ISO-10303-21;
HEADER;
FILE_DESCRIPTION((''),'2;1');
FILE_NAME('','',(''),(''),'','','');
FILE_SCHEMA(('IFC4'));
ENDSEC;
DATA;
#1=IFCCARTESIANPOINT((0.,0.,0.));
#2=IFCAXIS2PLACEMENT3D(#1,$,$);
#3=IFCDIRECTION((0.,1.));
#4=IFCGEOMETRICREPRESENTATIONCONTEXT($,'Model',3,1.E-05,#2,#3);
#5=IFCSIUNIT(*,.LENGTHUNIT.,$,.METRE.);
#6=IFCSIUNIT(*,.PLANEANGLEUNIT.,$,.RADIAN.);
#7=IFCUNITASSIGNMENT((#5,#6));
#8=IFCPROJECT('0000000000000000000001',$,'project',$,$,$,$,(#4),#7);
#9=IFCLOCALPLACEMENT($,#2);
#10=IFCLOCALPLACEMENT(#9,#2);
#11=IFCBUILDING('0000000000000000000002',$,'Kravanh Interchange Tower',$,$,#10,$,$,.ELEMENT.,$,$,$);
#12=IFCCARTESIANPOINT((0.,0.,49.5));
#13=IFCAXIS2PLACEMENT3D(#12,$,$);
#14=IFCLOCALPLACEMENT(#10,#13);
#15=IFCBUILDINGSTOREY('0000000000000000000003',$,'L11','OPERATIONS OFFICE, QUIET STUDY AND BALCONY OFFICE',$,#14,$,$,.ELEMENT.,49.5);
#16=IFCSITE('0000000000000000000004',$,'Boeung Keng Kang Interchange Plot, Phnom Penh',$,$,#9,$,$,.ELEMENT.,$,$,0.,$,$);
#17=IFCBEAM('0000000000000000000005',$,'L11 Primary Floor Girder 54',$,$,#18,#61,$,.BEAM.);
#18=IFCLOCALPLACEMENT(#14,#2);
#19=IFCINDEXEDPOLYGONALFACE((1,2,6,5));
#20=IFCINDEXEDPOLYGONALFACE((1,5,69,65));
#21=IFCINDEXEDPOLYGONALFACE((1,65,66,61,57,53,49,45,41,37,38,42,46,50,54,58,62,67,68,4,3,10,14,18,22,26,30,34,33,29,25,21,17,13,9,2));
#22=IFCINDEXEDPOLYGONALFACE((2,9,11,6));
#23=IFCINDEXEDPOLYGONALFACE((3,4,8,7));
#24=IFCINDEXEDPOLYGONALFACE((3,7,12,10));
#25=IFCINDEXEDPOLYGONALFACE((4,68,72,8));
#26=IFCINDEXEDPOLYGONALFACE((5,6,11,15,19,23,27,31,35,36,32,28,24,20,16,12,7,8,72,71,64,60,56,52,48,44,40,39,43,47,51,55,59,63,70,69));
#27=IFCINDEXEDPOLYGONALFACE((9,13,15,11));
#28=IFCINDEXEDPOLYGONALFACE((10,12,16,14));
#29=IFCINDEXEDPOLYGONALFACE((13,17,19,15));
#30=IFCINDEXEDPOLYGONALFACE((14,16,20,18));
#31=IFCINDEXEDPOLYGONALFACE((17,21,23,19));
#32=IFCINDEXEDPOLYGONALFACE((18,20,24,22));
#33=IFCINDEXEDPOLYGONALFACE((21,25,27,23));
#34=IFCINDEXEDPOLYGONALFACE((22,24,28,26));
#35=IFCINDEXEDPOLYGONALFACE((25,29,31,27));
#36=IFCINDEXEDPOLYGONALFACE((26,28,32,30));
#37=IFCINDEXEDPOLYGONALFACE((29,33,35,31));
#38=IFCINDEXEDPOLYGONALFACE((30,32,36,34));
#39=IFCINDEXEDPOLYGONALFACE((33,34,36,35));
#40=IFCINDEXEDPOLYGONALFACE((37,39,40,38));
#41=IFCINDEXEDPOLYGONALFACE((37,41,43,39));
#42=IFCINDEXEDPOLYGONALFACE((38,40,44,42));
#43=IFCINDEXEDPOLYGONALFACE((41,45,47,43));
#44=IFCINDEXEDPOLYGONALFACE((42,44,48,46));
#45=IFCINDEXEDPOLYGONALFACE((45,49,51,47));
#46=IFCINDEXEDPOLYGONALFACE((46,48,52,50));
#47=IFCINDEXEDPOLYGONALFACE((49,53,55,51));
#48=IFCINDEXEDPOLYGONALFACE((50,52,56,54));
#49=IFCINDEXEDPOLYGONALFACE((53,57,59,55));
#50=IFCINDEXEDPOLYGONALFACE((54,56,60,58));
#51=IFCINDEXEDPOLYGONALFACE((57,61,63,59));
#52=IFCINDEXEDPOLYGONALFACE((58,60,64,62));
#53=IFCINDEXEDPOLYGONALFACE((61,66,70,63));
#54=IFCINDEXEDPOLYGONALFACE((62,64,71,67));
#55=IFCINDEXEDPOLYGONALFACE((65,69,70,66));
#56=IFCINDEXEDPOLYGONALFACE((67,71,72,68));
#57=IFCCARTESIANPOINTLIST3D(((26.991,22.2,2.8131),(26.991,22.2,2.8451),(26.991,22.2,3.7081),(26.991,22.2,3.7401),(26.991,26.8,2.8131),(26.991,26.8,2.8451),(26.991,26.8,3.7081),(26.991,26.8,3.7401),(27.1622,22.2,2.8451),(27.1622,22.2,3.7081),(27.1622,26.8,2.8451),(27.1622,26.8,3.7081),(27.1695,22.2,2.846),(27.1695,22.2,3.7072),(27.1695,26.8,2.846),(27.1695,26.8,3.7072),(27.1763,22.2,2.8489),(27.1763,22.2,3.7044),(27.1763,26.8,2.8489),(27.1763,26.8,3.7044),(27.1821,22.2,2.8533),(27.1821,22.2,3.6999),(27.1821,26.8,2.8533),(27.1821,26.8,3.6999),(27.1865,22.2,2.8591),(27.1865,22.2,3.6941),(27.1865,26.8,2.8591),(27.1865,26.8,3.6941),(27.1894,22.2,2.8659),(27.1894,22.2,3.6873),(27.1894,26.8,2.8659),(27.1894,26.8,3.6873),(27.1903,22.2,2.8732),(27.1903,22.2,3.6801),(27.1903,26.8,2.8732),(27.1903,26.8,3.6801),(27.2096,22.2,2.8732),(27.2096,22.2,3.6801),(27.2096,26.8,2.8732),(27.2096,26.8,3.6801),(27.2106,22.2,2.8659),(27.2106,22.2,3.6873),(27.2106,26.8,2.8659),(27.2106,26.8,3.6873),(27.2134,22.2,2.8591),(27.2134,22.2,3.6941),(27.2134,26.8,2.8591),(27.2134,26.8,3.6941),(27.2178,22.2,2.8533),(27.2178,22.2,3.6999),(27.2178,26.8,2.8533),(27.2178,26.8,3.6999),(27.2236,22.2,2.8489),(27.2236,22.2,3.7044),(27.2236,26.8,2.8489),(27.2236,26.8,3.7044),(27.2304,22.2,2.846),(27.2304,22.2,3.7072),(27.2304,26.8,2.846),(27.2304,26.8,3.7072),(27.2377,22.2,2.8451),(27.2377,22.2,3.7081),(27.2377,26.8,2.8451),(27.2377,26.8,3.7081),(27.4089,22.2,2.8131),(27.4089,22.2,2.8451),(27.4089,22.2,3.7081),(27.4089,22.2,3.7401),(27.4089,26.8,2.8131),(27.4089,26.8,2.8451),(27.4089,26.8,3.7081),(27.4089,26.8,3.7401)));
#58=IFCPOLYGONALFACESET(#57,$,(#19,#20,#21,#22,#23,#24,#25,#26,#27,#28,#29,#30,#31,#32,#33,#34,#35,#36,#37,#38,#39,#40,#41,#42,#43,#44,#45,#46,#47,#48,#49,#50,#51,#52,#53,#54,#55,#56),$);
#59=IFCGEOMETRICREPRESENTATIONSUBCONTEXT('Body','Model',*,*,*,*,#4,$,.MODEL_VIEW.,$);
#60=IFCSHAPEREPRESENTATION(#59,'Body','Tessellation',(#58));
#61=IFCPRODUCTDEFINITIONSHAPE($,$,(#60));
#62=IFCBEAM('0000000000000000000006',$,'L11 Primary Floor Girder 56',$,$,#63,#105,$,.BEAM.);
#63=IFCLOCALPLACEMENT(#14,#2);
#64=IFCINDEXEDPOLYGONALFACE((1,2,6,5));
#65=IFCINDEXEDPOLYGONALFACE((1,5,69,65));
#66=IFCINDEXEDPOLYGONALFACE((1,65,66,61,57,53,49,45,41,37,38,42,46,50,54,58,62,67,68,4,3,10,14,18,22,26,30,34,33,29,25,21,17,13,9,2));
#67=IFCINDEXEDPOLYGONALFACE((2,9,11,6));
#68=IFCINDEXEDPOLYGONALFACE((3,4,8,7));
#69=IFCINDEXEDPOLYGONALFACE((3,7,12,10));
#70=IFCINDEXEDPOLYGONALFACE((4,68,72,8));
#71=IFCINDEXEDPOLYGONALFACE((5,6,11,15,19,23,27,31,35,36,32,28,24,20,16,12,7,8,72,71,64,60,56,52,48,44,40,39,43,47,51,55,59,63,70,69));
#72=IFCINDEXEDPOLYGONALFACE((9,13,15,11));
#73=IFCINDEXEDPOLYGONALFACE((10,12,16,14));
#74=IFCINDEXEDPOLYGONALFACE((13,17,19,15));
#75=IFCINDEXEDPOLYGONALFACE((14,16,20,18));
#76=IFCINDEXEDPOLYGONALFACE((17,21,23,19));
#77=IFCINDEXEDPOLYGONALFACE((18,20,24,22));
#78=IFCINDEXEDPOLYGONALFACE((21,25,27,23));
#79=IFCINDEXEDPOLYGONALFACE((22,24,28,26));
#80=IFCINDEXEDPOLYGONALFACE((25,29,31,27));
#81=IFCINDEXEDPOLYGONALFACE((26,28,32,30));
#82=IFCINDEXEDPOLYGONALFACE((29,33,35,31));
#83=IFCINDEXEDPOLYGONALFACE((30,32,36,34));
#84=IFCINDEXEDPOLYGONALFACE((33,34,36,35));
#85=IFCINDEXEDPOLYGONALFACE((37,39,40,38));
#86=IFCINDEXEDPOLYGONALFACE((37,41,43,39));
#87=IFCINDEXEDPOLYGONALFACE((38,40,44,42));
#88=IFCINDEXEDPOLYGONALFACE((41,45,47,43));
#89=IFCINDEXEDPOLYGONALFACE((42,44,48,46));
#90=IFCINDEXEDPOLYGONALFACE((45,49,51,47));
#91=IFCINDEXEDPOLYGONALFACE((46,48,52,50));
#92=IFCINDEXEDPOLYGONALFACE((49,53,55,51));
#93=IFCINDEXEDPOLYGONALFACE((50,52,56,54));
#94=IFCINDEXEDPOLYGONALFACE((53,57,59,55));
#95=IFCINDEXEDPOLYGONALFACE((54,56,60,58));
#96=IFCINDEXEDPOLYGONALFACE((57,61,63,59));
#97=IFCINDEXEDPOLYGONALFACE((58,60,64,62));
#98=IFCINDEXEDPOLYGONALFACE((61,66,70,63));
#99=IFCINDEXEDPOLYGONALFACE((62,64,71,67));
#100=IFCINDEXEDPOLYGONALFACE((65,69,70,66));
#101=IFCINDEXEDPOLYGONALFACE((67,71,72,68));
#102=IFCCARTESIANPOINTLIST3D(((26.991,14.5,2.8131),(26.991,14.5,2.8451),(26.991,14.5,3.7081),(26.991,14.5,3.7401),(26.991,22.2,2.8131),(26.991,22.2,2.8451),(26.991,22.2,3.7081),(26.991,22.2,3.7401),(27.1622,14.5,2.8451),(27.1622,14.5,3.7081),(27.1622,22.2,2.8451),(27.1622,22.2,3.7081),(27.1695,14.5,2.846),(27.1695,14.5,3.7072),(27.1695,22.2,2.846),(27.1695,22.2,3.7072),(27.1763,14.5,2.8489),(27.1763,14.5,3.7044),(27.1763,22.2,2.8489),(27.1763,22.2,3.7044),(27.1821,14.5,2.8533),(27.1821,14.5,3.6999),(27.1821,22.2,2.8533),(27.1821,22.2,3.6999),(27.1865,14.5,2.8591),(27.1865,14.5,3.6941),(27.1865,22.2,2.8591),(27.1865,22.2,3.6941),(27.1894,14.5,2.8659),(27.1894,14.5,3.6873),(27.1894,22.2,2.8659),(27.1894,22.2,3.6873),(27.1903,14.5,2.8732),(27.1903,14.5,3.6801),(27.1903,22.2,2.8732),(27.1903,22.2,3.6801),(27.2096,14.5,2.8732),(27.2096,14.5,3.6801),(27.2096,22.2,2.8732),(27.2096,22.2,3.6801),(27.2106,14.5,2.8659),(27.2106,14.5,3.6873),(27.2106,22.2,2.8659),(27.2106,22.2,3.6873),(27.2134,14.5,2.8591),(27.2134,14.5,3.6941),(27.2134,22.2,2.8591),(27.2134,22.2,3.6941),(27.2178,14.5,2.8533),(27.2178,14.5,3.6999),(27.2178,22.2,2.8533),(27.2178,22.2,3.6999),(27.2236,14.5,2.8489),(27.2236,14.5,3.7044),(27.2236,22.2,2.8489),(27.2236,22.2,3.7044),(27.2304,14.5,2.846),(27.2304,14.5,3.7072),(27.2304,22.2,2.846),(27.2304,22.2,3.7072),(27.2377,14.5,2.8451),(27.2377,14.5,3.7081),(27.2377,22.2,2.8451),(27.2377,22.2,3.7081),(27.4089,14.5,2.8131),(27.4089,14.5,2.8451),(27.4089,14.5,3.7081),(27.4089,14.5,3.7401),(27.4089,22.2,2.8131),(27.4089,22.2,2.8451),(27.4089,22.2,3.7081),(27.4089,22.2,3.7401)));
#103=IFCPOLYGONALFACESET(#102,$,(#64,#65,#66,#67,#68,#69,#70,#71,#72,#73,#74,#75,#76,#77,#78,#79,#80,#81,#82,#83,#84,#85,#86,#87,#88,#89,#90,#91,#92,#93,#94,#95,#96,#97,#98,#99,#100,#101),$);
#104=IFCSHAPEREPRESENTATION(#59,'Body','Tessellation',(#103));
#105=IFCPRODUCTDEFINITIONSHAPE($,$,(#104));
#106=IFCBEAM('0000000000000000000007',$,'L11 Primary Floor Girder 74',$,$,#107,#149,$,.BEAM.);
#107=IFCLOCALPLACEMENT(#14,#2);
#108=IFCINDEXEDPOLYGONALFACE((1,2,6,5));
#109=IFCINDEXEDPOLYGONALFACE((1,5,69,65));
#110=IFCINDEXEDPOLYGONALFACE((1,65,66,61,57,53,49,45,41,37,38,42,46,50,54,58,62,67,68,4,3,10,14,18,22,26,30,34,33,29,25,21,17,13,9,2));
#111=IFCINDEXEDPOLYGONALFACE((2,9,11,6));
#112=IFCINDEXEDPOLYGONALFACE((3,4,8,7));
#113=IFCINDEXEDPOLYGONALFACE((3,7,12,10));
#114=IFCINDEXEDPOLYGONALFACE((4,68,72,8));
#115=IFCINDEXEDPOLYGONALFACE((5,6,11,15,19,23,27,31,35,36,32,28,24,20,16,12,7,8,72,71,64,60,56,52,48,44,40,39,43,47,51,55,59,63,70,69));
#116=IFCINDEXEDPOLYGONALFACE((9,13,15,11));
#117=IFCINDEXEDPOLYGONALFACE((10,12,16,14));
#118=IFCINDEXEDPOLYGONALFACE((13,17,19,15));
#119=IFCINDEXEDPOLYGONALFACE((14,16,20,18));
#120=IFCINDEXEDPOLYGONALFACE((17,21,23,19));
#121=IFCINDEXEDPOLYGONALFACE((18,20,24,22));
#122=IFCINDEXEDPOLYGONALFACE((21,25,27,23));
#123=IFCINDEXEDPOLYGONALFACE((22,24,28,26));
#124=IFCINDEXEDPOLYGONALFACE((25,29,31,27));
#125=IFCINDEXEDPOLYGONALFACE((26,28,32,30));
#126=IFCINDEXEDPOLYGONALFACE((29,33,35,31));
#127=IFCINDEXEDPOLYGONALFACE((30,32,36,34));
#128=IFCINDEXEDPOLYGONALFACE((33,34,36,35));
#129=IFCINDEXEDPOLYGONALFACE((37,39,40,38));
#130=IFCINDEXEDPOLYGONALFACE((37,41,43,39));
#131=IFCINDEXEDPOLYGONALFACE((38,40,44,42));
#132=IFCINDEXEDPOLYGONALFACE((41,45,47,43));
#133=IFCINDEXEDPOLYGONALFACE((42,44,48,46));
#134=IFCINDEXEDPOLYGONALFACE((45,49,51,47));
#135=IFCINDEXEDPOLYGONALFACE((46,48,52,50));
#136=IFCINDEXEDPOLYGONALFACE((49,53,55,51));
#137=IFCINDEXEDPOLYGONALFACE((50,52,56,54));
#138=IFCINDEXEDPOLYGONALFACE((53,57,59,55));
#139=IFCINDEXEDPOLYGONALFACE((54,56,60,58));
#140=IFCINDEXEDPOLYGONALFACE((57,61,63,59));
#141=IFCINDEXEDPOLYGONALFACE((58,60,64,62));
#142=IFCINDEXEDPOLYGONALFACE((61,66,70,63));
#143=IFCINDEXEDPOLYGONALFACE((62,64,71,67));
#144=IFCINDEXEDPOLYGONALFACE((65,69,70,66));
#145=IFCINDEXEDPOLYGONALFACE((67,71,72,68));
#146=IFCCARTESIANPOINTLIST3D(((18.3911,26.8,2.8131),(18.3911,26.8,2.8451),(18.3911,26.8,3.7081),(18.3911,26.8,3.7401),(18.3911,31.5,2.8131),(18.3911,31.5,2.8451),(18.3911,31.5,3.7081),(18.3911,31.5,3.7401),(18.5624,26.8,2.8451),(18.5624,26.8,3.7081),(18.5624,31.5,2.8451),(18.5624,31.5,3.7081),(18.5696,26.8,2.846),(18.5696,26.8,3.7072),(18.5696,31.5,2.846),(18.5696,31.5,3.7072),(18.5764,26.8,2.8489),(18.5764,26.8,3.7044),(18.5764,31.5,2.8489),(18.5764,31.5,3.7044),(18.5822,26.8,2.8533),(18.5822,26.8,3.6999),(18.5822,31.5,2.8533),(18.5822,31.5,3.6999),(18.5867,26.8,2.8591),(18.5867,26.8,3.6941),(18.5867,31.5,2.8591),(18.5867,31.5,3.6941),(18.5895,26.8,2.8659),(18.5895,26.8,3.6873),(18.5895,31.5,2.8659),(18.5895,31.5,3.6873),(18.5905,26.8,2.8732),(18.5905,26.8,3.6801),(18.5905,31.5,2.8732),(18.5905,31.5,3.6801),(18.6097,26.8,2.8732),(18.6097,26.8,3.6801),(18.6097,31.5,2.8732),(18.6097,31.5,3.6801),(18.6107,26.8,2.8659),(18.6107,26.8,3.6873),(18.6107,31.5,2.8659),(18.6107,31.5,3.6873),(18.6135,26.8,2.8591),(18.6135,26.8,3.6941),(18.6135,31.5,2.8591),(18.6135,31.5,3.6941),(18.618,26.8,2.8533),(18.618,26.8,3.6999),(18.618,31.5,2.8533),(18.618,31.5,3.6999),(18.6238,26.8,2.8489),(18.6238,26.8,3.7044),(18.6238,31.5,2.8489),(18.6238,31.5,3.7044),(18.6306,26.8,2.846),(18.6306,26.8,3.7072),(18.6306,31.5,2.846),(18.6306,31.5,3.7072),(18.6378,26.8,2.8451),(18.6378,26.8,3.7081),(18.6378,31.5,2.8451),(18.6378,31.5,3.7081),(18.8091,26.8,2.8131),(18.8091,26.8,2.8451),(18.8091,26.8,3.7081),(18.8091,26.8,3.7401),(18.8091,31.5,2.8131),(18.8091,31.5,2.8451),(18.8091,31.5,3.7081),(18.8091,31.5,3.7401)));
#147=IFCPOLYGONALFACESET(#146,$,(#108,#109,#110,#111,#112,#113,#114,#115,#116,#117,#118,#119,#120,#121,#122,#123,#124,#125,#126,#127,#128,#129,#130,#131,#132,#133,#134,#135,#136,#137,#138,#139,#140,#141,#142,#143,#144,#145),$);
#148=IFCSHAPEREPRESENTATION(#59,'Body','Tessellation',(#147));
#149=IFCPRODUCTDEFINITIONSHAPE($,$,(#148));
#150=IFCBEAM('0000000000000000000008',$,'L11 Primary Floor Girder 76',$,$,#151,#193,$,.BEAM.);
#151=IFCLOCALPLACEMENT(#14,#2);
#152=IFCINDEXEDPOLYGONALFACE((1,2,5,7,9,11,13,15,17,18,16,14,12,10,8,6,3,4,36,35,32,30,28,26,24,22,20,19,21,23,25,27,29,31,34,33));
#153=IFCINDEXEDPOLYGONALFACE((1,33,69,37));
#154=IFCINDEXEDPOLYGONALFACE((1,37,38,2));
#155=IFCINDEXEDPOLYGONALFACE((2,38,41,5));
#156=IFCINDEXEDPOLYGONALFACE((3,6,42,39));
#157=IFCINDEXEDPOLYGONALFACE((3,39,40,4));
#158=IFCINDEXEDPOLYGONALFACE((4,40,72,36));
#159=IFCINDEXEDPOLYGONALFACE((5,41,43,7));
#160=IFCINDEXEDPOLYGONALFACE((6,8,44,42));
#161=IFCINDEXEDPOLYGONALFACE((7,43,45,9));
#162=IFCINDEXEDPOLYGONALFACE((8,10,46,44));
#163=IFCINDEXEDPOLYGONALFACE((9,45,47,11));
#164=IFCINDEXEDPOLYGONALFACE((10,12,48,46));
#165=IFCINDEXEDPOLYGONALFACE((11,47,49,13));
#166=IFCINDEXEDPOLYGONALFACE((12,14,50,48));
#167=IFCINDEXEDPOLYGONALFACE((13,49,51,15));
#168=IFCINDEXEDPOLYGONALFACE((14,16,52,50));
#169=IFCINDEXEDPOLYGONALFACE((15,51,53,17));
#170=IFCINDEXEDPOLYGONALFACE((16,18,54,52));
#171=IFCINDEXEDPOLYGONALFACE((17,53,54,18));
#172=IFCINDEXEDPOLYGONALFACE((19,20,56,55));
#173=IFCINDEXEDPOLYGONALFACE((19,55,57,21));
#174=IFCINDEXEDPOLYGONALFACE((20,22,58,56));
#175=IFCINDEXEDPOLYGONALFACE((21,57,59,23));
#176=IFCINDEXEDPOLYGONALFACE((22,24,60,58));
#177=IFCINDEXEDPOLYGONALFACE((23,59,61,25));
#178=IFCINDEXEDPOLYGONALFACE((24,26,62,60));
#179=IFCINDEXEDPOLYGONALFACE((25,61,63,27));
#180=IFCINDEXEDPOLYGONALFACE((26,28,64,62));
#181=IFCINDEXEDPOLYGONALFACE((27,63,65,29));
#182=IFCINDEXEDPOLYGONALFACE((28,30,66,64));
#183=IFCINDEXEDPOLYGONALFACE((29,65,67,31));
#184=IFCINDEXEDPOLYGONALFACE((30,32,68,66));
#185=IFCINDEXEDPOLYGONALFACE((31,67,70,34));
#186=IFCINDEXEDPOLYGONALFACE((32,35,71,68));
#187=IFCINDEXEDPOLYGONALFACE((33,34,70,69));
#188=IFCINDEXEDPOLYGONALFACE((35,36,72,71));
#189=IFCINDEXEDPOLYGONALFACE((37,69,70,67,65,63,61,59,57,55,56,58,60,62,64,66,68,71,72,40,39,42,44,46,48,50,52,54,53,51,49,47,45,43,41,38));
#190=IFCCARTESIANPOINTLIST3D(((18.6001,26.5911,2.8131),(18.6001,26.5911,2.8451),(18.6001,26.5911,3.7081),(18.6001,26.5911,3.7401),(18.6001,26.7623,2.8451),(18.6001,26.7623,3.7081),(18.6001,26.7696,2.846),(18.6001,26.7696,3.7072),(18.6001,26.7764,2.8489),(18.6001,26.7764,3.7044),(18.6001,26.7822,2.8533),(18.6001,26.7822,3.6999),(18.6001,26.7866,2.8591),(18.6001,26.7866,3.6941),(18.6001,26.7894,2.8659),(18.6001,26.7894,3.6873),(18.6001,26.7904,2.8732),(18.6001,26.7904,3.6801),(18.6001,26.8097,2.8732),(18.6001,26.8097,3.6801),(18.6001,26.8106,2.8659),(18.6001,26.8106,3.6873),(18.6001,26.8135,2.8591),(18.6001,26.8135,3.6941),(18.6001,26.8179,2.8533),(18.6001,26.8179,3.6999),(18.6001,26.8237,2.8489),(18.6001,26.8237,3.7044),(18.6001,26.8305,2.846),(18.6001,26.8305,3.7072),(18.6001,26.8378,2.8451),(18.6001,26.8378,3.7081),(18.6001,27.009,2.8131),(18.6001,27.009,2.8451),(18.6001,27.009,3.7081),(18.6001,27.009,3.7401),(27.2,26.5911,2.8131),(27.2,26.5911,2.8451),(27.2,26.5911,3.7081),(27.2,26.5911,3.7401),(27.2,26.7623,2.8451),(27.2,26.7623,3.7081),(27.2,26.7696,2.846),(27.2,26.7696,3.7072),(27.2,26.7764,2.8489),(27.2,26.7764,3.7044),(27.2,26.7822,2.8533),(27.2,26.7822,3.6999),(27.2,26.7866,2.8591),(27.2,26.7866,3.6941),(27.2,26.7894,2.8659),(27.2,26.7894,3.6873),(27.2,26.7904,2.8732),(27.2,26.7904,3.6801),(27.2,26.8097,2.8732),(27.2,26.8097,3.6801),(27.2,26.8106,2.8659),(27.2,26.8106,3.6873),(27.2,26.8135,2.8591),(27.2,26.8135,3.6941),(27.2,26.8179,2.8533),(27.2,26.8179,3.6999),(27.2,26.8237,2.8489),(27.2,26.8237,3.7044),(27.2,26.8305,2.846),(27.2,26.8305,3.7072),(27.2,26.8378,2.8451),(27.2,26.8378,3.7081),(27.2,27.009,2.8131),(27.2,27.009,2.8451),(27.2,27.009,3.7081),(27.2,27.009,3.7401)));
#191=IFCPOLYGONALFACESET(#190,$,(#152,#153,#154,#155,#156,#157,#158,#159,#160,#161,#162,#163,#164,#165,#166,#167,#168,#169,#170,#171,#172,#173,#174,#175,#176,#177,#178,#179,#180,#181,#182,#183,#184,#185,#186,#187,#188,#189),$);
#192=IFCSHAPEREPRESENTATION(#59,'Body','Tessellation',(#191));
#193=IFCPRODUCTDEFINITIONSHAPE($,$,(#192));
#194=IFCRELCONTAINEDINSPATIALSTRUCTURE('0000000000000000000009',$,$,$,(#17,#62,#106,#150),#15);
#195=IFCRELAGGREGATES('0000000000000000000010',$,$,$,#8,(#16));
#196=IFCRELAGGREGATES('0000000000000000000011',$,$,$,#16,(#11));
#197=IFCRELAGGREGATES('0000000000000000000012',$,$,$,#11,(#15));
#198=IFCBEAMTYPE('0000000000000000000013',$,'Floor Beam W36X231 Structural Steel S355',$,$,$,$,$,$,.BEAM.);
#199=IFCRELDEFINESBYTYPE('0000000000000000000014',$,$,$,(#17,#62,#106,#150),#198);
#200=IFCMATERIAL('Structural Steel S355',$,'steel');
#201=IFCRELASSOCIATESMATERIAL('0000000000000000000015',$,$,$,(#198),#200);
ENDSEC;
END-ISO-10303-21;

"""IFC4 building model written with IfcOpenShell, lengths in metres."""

from ifc_helpers import new_model, si_unit, direction, frame, origin, origin_2d, place, context, subcontext, project, spatial, i_section, extrude, material, material_profile, profile_set, type_object, element, save


model = new_model("IFC4")

# Units and contexts
model_context = context("Model", 3, precision=1e-05, world=origin(), true_north=direction((0.0, 1.0)))
body_context = subcontext(model_context, "Body", "Model", "MODEL_VIEW")
ifc_project = project(units=[si_unit("LENGTHUNIT", "METRE"), si_unit("PLANEANGLEUNIT", "RADIAN")], contexts=[model_context])

# Site, building, storey
site_placement = place(None, origin())
site = spatial("IfcSite", under=ifc_project, at=site_placement, Name="Boeung Keng Kang Interchange Plot, Phnom Penh", CompositionType="ELEMENT", RefElevation=0.0)
building_placement = place(site_placement, origin())
building = spatial("IfcBuilding", under=site, at=building_placement, Name="Kravanh Interchange Tower", CompositionType="ELEMENT")
storey_placement = place(building_placement, frame((0.0, 0.0, 49.5)))
storey = spatial("IfcBuildingStorey", under=building, at=storey_placement, Name="L11", Description="OPERATIONS OFFICE, QUIET STUDY AND BALCONY OFFICE", CompositionType="ELEMENT", Elevation=49.5)

# Beams
ifc_material_1 = material(Name="Structural Steel S355", Category="steel")
ifc_material_profile_1 = material_profile(ifc_material_1, i_section(OverallWidth=0.418, OverallDepth=0.927, WebThickness=0.0193, FlangeThickness=0.032, FilletRadius=0.0281, at=origin_2d()), Name="W36X231")
ifc_profile_set_1 = profile_set([ifc_material_profile_1], Name="Structural Steel S355")
beam_type_1 = type_object("IfcBeamType", Name="Floor Beam W36X231 Structural Steel S355", PredefinedType="BEAM", material=ifc_profile_set_1)
beam_1_placement = place(storey_placement, frame((27.2, 22.2, 3.2766), z_axis=(0.0, 1.0, 0.0), x_axis=(-1.0, 0.0, 0.0)))
element("IfcBeam", 1, at=beam_1_placement, inside=storey, type_object=beam_type_1, Name="L11 Primary Floor Girder 54", PredefinedType="BEAM", context=body_context, shape_type="SweptSolid", body=[
    extrude(i_section(OverallWidth=0.418, OverallDepth=0.927, WebThickness=0.0193, FlangeThickness=0.032, FilletRadius=0.0281, at=origin_2d()), origin(), (0.0, 0.0, 1.0), 4.6001),
])
beam_2_placement = place(storey_placement, frame((27.2, 22.2, 3.2766), z_axis=(0.0, -1.0, 0.0), x_axis=(1.0, 0.0, 0.0)))
element("IfcBeam", 2, at=beam_2_placement, inside=storey, type_object=beam_type_1, Name="L11 Primary Floor Girder 56", PredefinedType="BEAM", context=body_context, shape_type="SweptSolid", body=[
    extrude(i_section(OverallWidth=0.418, OverallDepth=0.927, WebThickness=0.0193, FlangeThickness=0.032, FilletRadius=0.0281, at=origin_2d()), origin(), (0.0, 0.0, 1.0), 7.7),
])
beam_3_placement = place(storey_placement, frame((18.6001, 26.8, 3.2766), z_axis=(0.0, 1.0, 0.0), x_axis=(-1.0, 0.0, 0.0)))
element("IfcBeam", 3, at=beam_3_placement, inside=storey, type_object=beam_type_1, Name="L11 Primary Floor Girder 74", PredefinedType="BEAM", context=body_context, shape_type="SweptSolid", body=[
    extrude(i_section(OverallWidth=0.418, OverallDepth=0.927, WebThickness=0.0193, FlangeThickness=0.032, FilletRadius=0.0281, at=origin_2d()), origin(), (0.0, 0.0, 1.0), 4.7),
])
beam_4_placement = place(storey_placement, frame((18.6001, 26.8, 3.2766), z_axis=(1.0, 0.0, 0.0), x_axis=(0.0, 1.0, 0.0)))
element("IfcBeam", 4, at=beam_4_placement, inside=storey, type_object=beam_type_1, Name="L11 Primary Floor Girder 76", PredefinedType="BEAM", context=body_context, shape_type="SweptSolid", body=[
    extrude(i_section(OverallWidth=0.418, OverallDepth=0.927, WebThickness=0.0193, FlangeThickness=0.032, FilletRadius=0.0281, at=origin_2d()), origin(), (0.0, 0.0, 1.0), 8.5999),
])

save(model, "model.ifc")
